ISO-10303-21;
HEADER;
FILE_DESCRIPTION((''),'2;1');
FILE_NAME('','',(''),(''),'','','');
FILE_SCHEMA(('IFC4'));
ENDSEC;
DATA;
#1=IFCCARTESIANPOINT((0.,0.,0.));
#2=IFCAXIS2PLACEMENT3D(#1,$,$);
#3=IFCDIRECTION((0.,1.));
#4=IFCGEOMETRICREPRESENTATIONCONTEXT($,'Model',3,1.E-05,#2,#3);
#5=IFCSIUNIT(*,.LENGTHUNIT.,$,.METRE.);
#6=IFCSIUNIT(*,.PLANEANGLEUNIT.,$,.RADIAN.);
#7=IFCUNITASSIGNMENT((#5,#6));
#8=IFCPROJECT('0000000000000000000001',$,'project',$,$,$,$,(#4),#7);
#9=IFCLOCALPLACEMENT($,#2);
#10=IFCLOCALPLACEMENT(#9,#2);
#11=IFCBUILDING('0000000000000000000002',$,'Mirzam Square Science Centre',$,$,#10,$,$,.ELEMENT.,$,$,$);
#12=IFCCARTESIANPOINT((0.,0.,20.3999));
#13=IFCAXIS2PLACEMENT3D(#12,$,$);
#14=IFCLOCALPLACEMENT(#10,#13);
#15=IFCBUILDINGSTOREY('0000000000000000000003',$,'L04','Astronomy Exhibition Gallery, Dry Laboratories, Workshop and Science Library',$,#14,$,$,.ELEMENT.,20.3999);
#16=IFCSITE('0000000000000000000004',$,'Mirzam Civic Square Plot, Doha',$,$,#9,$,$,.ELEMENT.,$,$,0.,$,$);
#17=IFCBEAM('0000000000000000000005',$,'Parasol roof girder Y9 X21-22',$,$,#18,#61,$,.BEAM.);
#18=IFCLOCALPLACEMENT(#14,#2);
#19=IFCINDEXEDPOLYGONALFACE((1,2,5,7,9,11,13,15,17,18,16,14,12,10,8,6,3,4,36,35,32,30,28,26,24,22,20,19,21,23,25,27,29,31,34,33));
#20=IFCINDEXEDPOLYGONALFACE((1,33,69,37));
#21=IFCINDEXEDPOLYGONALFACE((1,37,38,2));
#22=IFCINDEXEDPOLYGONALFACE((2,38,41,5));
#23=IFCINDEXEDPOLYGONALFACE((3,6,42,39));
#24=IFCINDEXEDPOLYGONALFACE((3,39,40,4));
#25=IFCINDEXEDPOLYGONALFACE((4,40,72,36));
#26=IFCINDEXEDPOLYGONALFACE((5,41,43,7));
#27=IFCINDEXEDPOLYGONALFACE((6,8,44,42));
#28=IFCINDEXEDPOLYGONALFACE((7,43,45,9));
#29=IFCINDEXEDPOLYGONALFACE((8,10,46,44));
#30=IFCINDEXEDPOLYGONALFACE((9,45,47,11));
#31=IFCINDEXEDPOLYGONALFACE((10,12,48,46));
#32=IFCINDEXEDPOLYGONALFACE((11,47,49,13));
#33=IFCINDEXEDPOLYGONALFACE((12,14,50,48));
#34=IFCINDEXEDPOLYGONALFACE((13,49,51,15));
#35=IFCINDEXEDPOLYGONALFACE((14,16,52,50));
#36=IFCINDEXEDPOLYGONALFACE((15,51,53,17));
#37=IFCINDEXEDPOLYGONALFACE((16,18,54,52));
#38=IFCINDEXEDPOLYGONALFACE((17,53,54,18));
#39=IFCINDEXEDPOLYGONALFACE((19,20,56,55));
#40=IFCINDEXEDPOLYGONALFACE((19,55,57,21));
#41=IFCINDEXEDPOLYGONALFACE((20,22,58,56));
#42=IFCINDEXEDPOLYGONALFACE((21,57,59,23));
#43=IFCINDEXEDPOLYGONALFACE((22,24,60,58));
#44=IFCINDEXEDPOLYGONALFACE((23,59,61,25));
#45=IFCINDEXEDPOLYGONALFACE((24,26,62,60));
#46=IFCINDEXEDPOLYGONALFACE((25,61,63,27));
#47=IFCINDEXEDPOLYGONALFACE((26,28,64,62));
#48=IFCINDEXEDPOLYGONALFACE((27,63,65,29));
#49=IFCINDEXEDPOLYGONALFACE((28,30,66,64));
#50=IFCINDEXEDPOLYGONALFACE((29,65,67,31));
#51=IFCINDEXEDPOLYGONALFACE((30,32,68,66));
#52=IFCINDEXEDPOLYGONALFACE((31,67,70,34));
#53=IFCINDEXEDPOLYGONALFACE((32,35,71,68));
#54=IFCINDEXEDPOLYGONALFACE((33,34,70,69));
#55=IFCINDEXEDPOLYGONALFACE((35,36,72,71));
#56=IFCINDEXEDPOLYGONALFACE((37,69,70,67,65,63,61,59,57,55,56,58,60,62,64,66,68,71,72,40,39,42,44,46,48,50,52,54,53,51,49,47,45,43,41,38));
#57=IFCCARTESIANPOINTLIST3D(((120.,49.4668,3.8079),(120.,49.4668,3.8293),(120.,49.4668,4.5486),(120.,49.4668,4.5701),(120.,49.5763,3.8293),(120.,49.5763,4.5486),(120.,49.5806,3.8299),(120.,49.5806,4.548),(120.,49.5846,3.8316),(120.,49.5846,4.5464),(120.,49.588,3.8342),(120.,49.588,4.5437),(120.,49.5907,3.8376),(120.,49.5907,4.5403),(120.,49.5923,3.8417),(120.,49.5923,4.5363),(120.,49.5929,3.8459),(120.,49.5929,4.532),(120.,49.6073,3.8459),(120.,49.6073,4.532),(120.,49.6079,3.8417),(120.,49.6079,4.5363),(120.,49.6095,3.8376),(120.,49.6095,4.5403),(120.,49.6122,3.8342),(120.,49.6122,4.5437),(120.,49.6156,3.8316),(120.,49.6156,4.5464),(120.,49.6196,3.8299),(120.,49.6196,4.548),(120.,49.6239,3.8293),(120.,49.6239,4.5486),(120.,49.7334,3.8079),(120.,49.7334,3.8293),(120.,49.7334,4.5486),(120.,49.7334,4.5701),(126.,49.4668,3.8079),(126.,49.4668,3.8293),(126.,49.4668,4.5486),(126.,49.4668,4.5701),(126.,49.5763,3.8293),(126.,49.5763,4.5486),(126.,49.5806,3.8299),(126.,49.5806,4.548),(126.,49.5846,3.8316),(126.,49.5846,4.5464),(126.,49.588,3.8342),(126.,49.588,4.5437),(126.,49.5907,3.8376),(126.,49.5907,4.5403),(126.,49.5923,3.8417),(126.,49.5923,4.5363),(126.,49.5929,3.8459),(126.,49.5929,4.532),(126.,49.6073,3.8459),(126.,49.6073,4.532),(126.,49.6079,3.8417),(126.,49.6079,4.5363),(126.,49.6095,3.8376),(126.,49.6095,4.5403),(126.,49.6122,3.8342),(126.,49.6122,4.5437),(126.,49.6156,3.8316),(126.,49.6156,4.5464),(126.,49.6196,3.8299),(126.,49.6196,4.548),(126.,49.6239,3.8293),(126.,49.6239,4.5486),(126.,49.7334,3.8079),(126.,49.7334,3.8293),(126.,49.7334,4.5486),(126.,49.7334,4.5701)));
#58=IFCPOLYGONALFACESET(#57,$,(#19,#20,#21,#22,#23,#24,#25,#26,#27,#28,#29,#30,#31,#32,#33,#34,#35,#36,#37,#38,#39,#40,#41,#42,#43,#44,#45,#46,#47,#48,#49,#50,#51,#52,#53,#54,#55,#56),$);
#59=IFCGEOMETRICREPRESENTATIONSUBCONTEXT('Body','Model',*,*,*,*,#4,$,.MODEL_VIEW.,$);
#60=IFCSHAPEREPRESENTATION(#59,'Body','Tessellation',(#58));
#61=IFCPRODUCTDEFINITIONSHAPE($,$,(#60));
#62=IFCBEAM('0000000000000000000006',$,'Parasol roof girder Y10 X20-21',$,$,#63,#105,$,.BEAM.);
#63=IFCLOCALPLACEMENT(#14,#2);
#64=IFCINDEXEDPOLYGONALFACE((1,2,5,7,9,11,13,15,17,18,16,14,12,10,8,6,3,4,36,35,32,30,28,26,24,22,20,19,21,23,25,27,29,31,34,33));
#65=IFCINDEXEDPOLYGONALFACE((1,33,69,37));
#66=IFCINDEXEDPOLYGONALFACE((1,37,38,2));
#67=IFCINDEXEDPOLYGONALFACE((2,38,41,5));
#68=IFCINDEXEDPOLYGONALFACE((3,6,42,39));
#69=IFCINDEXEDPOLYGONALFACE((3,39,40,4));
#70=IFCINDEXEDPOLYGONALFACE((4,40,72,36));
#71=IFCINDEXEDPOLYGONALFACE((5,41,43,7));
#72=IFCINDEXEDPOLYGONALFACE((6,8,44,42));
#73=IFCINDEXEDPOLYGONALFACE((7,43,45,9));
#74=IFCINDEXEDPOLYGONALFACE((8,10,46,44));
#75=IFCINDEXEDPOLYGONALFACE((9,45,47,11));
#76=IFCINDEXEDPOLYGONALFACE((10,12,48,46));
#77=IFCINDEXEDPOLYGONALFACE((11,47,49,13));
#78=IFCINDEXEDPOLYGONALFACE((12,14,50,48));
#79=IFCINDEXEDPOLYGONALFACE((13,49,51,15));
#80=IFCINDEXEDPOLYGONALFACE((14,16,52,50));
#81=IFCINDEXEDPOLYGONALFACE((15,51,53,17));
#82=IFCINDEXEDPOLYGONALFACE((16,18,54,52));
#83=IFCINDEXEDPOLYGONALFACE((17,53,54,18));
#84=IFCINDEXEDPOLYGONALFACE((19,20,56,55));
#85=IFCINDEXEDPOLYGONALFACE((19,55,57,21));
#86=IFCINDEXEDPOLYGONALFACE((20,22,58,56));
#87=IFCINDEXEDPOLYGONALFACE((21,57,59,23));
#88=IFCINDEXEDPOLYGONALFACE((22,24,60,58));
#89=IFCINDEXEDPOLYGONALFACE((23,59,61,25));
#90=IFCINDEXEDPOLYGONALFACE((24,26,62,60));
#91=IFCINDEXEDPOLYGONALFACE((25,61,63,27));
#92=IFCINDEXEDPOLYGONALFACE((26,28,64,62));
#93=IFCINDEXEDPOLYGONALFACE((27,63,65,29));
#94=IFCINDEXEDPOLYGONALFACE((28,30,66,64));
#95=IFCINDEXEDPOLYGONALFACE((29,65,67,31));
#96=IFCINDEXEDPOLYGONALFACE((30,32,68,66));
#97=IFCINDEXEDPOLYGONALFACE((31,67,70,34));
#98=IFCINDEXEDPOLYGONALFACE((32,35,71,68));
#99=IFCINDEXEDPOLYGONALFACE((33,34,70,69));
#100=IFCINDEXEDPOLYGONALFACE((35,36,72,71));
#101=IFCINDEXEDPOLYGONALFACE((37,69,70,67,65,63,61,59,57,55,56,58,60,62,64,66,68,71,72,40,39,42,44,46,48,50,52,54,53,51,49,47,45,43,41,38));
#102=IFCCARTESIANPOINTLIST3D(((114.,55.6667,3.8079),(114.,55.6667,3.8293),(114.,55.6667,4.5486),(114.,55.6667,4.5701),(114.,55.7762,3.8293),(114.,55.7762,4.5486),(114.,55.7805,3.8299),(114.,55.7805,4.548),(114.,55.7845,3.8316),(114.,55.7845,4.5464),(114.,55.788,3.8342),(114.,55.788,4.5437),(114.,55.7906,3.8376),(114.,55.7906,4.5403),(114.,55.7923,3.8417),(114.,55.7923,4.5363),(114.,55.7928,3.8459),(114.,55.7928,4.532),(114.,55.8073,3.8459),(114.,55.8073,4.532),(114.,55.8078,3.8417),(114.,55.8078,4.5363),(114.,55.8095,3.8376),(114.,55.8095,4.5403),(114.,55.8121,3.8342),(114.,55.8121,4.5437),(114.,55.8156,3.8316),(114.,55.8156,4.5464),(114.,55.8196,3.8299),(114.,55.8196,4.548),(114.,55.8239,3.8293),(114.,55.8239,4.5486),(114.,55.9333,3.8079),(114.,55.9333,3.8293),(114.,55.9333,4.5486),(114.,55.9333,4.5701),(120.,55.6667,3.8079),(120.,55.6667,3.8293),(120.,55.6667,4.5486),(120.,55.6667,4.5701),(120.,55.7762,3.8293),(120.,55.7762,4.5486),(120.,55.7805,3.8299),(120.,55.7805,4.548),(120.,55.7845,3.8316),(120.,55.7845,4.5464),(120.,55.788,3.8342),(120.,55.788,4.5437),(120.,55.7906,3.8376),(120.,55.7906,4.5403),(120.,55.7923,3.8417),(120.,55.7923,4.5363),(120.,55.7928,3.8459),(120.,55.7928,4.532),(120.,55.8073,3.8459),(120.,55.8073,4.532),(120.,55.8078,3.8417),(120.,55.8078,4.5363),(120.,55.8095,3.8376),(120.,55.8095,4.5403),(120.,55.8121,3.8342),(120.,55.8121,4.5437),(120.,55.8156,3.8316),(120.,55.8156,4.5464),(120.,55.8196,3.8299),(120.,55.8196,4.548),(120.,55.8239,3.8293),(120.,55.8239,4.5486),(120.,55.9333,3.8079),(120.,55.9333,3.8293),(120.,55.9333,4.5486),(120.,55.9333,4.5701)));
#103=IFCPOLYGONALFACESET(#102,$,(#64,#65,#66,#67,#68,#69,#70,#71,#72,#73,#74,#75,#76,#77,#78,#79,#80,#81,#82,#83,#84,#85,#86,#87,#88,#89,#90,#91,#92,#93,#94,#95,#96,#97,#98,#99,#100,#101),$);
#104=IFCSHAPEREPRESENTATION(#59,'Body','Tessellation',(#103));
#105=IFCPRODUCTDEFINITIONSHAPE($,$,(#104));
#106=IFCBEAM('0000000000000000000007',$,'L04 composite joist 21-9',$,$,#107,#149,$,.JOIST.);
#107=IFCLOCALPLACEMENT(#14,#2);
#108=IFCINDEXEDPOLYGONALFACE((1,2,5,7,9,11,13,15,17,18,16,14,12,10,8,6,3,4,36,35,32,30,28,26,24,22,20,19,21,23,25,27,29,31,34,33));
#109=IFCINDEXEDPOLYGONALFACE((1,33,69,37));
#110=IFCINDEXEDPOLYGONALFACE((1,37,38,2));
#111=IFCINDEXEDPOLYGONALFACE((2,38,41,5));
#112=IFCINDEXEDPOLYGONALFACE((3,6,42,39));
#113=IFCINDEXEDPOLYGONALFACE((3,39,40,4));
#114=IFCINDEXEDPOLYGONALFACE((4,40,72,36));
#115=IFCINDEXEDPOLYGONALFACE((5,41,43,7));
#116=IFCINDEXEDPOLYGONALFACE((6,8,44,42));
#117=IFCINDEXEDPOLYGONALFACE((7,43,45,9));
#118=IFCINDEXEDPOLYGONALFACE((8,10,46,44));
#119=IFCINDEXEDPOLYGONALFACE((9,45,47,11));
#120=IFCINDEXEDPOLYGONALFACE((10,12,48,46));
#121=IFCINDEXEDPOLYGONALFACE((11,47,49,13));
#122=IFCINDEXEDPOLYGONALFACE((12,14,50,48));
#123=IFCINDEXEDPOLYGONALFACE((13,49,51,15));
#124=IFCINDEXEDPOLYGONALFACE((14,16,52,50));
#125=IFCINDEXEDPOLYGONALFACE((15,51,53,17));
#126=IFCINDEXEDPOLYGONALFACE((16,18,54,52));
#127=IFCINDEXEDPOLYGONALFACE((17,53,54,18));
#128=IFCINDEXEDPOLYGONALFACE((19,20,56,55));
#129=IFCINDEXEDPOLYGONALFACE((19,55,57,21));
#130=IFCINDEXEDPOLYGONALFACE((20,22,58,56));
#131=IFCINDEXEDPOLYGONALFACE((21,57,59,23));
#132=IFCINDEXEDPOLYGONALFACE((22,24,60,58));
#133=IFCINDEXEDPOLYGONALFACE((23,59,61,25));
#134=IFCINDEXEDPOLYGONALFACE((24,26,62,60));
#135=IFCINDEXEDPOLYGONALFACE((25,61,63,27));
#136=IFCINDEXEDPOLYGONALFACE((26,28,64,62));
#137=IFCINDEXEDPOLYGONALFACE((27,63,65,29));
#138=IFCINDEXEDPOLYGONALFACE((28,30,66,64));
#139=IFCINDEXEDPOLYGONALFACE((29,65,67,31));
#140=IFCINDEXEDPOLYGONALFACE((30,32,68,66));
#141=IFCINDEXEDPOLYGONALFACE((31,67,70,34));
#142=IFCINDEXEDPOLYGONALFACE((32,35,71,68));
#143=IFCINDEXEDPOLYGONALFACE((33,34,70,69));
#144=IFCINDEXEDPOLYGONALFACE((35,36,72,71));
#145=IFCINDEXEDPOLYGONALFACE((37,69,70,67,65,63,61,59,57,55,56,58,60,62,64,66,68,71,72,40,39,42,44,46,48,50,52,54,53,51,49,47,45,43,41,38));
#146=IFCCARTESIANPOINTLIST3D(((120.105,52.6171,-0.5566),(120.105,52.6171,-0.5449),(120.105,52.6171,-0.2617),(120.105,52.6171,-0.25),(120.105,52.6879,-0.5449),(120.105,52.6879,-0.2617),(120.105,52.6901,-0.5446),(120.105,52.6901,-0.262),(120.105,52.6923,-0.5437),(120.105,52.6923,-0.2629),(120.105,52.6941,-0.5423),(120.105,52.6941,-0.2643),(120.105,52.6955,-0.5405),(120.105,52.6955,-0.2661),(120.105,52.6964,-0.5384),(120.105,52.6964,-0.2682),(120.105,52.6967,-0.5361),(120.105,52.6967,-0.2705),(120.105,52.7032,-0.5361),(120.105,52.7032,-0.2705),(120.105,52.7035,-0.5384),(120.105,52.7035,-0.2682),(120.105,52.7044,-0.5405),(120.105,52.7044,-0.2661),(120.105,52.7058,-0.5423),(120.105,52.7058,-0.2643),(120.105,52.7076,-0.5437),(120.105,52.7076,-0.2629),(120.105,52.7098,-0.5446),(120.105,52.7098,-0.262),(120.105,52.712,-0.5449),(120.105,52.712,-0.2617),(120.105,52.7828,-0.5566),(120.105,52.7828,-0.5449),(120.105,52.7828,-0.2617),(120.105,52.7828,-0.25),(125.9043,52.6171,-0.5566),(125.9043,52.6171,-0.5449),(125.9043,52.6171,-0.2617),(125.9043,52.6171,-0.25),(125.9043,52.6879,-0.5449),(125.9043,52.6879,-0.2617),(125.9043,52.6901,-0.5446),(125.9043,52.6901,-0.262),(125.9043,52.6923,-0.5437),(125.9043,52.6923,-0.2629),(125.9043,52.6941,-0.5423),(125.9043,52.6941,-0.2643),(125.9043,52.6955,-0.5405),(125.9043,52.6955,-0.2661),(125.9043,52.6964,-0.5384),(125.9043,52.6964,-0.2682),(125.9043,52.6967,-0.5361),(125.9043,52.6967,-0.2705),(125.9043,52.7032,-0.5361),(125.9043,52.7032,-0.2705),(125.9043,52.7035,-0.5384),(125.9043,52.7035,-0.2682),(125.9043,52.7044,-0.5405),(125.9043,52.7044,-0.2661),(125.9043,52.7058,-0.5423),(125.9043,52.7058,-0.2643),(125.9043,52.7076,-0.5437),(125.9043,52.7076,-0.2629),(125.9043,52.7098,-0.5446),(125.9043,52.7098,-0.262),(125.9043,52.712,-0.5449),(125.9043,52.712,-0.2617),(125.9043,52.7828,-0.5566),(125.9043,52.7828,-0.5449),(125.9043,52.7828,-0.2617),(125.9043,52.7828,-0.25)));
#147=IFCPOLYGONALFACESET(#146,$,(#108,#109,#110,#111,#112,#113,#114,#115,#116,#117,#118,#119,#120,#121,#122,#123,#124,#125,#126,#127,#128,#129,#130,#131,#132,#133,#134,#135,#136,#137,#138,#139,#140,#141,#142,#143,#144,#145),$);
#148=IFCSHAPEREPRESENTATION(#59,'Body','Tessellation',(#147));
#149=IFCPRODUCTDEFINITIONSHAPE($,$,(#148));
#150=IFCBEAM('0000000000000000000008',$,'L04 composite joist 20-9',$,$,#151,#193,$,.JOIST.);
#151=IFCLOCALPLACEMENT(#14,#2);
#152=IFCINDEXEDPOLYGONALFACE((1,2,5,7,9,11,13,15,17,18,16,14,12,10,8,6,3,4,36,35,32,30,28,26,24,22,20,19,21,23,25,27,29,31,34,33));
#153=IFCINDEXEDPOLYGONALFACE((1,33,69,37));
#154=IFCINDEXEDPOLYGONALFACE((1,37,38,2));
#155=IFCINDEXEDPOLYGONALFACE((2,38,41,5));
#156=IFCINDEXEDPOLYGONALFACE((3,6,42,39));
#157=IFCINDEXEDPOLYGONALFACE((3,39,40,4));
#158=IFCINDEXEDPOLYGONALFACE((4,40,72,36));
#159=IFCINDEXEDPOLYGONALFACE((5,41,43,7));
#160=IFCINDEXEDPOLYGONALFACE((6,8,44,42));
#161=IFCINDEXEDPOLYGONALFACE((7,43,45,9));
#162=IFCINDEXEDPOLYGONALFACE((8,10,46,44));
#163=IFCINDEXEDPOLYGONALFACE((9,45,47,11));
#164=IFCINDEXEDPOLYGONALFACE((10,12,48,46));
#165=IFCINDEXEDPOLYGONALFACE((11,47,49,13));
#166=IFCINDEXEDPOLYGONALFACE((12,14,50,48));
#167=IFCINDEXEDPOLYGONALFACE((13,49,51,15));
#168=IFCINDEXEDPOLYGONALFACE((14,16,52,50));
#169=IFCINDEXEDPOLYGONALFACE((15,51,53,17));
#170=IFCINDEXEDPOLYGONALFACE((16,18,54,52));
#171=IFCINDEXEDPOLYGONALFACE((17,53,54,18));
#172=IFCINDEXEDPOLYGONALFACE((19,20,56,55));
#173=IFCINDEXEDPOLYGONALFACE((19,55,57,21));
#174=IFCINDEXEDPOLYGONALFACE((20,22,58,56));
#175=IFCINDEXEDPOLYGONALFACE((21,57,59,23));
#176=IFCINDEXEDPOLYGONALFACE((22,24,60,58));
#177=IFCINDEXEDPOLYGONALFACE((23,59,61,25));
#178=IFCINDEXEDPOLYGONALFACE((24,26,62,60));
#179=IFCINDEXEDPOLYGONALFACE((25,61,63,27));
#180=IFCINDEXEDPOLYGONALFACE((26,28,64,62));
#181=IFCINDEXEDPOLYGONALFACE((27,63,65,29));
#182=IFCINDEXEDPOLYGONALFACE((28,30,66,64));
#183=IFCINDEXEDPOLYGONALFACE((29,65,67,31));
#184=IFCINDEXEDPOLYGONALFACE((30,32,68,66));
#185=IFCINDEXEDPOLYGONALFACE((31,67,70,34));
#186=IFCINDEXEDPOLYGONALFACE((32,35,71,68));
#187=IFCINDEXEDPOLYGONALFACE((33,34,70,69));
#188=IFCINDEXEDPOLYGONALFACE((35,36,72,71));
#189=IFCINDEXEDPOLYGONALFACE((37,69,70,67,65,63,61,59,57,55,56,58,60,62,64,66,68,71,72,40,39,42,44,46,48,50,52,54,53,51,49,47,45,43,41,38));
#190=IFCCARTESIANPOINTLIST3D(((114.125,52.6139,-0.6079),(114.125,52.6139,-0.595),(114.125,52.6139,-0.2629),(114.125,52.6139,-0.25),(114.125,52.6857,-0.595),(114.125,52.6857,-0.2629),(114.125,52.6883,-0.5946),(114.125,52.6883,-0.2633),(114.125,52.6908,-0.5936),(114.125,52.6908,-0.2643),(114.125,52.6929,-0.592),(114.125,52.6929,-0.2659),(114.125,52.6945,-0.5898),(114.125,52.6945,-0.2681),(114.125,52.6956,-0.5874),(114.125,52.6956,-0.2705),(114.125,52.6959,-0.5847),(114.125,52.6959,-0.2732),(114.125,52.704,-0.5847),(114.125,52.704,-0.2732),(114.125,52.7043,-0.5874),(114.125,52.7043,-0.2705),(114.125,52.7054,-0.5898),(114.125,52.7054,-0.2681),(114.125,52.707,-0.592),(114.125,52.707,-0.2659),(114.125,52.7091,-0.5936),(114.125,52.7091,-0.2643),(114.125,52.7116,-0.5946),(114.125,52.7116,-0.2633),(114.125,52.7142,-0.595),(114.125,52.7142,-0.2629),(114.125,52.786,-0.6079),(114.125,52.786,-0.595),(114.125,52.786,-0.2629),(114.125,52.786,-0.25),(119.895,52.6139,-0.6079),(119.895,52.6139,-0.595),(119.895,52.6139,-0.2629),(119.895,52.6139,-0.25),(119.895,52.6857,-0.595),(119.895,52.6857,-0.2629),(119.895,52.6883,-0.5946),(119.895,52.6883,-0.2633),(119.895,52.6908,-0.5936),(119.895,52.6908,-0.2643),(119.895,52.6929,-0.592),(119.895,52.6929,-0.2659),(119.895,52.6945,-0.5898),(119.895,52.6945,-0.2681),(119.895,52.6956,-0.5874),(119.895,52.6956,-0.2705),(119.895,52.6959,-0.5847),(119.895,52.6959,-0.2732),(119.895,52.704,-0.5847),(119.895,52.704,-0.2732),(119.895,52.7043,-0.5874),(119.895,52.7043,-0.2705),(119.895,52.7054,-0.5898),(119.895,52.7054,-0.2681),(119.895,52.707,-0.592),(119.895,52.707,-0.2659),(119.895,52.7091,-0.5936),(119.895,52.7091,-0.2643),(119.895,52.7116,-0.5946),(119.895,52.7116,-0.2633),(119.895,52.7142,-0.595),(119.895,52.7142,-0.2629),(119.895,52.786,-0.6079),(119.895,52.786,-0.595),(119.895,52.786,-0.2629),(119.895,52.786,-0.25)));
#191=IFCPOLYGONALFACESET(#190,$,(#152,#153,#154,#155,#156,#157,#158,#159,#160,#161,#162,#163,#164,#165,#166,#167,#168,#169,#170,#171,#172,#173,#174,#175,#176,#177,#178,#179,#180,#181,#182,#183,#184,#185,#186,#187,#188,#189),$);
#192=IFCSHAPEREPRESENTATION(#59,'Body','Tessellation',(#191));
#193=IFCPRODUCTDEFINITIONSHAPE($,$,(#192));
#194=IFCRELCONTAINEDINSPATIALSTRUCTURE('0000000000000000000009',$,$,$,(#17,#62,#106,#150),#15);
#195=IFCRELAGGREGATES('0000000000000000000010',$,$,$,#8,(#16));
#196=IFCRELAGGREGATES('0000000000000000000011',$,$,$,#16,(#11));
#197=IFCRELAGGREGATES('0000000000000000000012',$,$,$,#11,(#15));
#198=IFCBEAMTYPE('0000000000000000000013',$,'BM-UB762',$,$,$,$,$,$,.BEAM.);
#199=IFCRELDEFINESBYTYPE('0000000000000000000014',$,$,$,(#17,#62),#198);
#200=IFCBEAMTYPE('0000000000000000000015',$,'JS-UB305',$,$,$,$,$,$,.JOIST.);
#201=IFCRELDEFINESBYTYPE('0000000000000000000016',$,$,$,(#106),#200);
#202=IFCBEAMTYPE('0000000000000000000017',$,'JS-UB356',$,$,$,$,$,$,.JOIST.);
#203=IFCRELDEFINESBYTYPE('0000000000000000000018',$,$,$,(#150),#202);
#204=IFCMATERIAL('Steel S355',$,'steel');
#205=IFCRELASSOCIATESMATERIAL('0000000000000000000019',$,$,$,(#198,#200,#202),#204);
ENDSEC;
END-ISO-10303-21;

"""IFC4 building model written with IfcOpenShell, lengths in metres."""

from ifc_helpers import new_model, si_unit, direction, frame, origin, origin_2d, place, context, subcontext, project, spatial, i_section, extrude, material, material_profile, profile_set, type_object, element, save


model = new_model("IFC4")

# Units and contexts
model_context = context("Model", 3, precision=1e-05, world=origin(), true_north=direction((0.0, 1.0)))
body_context = subcontext(model_context, "Body", "Model", "MODEL_VIEW")
ifc_project = project(units=[si_unit("LENGTHUNIT", "METRE"), si_unit("PLANEANGLEUNIT", "RADIAN")], contexts=[model_context])

# Site, building, storey
site_placement = place(None, origin())
site = spatial("IfcSite", under=ifc_project, at=site_placement, Name="Mirzam Civic Square Plot, Doha", CompositionType="ELEMENT", RefElevation=0.0)
building_placement = place(site_placement, origin())
building = spatial("IfcBuilding", under=site, at=building_placement, Name="Mirzam Square Science Centre", CompositionType="ELEMENT")
storey_placement = place(building_placement, frame((0.0, 0.0, 20.3999)))
storey = spatial("IfcBuildingStorey", under=building, at=storey_placement, Name="L04", Description="Astronomy Exhibition Gallery, Dry Laboratories, Workshop and Science Library", CompositionType="ELEMENT", Elevation=20.3999)

# Shared definitions
ifc_material_1 = material(Name="Steel S355", Category="steel")

# Beams
ifc_material_profile_1 = material_profile(ifc_material_1, i_section(OverallWidth=0.2666, OverallDepth=0.7622, WebThickness=0.0144, FlangeThickness=0.0215, FilletRadius=0.0166, at=origin_2d()), Name="762x267x173UB")
ifc_profile_set_1 = profile_set([ifc_material_profile_1], Name="Steel S355")
beam_type_1 = type_object("IfcBeamType", Name="BM-UB762", PredefinedType="BEAM", material=ifc_profile_set_1)
for number, where, z_axis, x_axis, name in (
    (1, (120.0, 49.6001, 4.189), (1.0, 0.0, 0.0), (0.0, 1.0, 0.0), "Parasol roof girder Y9 X21-22"),
    (2, (114.0, 55.8, 4.189), (1.0, 0.0, 0.0), (0.0, 1.0, 0.0), "Parasol roof girder Y10 X20-21"),
):
    element("IfcBeam", number, at=place(storey_placement, frame(where, z_axis=z_axis, x_axis=x_axis)), inside=storey, type_object=beam_type_1, Name=name, PredefinedType="BEAM", context=body_context, shape_type="SweptSolid", body=[
        extrude(i_section(OverallWidth=0.2666, OverallDepth=0.7622, WebThickness=0.0144, FlangeThickness=0.0215, FilletRadius=0.0166, at=origin_2d()), origin(), (0.0, 0.0, 1.0), 6.0),
    ])
ifc_material_profile_2 = material_profile(ifc_material_1, i_section(OverallWidth=0.1658, OverallDepth=0.3066, WebThickness=0.0066, FlangeThickness=0.0117, FilletRadius=0.0088, at=origin_2d()), Name="305x165x46UB")
ifc_profile_set_2 = profile_set([ifc_material_profile_2], Name="Steel S355")
beam_type_2 = type_object("IfcBeamType", Name="JS-UB305", PredefinedType="JOIST", material=ifc_profile_set_2)
beam_1_placement = place(storey_placement, frame((120.105, 52.7, -0.4033), z_axis=(1.0, 0.0, 0.0), x_axis=(0.0, 1.0, 0.0)))
element("IfcBeam", 3, at=beam_1_placement, inside=storey, type_object=beam_type_2, Name="L04 composite joist 21-9", PredefinedType="JOIST", context=body_context, shape_type="SweptSolid", body=[
    extrude(i_section(OverallWidth=0.1658, OverallDepth=0.3066, WebThickness=0.0066, FlangeThickness=0.0117, FilletRadius=0.0088, at=origin_2d()), origin(), (0.0, 0.0, 1.0), 5.7993),
])
ifc_material_profile_3 = material_profile(ifc_material_1, i_section(OverallWidth=0.1721, OverallDepth=0.3579, WebThickness=0.0081, FlangeThickness=0.0129, FilletRadius=0.0103, at=origin_2d()), Name="356x171x57UB")
ifc_profile_set_3 = profile_set([ifc_material_profile_3], Name="Steel S355")
beam_type_3 = type_object("IfcBeamType", Name="JS-UB356", PredefinedType="JOIST", material=ifc_profile_set_3)
beam_2_placement = place(storey_placement, frame((114.125, 52.7, -0.429), z_axis=(1.0, 0.0, 0.0), x_axis=(0.0, 1.0, 0.0)))
element("IfcBeam", 4, at=beam_2_placement, inside=storey, type_object=beam_type_3, Name="L04 composite joist 20-9", PredefinedType="JOIST", context=body_context, shape_type="SweptSolid", body=[
    extrude(i_section(OverallWidth=0.1721, OverallDepth=0.3579, WebThickness=0.0081, FlangeThickness=0.0129, FilletRadius=0.0103, at=origin_2d()), origin(), (0.0, 0.0, 1.0), 5.77),
])

save(model, "model.ifc")
